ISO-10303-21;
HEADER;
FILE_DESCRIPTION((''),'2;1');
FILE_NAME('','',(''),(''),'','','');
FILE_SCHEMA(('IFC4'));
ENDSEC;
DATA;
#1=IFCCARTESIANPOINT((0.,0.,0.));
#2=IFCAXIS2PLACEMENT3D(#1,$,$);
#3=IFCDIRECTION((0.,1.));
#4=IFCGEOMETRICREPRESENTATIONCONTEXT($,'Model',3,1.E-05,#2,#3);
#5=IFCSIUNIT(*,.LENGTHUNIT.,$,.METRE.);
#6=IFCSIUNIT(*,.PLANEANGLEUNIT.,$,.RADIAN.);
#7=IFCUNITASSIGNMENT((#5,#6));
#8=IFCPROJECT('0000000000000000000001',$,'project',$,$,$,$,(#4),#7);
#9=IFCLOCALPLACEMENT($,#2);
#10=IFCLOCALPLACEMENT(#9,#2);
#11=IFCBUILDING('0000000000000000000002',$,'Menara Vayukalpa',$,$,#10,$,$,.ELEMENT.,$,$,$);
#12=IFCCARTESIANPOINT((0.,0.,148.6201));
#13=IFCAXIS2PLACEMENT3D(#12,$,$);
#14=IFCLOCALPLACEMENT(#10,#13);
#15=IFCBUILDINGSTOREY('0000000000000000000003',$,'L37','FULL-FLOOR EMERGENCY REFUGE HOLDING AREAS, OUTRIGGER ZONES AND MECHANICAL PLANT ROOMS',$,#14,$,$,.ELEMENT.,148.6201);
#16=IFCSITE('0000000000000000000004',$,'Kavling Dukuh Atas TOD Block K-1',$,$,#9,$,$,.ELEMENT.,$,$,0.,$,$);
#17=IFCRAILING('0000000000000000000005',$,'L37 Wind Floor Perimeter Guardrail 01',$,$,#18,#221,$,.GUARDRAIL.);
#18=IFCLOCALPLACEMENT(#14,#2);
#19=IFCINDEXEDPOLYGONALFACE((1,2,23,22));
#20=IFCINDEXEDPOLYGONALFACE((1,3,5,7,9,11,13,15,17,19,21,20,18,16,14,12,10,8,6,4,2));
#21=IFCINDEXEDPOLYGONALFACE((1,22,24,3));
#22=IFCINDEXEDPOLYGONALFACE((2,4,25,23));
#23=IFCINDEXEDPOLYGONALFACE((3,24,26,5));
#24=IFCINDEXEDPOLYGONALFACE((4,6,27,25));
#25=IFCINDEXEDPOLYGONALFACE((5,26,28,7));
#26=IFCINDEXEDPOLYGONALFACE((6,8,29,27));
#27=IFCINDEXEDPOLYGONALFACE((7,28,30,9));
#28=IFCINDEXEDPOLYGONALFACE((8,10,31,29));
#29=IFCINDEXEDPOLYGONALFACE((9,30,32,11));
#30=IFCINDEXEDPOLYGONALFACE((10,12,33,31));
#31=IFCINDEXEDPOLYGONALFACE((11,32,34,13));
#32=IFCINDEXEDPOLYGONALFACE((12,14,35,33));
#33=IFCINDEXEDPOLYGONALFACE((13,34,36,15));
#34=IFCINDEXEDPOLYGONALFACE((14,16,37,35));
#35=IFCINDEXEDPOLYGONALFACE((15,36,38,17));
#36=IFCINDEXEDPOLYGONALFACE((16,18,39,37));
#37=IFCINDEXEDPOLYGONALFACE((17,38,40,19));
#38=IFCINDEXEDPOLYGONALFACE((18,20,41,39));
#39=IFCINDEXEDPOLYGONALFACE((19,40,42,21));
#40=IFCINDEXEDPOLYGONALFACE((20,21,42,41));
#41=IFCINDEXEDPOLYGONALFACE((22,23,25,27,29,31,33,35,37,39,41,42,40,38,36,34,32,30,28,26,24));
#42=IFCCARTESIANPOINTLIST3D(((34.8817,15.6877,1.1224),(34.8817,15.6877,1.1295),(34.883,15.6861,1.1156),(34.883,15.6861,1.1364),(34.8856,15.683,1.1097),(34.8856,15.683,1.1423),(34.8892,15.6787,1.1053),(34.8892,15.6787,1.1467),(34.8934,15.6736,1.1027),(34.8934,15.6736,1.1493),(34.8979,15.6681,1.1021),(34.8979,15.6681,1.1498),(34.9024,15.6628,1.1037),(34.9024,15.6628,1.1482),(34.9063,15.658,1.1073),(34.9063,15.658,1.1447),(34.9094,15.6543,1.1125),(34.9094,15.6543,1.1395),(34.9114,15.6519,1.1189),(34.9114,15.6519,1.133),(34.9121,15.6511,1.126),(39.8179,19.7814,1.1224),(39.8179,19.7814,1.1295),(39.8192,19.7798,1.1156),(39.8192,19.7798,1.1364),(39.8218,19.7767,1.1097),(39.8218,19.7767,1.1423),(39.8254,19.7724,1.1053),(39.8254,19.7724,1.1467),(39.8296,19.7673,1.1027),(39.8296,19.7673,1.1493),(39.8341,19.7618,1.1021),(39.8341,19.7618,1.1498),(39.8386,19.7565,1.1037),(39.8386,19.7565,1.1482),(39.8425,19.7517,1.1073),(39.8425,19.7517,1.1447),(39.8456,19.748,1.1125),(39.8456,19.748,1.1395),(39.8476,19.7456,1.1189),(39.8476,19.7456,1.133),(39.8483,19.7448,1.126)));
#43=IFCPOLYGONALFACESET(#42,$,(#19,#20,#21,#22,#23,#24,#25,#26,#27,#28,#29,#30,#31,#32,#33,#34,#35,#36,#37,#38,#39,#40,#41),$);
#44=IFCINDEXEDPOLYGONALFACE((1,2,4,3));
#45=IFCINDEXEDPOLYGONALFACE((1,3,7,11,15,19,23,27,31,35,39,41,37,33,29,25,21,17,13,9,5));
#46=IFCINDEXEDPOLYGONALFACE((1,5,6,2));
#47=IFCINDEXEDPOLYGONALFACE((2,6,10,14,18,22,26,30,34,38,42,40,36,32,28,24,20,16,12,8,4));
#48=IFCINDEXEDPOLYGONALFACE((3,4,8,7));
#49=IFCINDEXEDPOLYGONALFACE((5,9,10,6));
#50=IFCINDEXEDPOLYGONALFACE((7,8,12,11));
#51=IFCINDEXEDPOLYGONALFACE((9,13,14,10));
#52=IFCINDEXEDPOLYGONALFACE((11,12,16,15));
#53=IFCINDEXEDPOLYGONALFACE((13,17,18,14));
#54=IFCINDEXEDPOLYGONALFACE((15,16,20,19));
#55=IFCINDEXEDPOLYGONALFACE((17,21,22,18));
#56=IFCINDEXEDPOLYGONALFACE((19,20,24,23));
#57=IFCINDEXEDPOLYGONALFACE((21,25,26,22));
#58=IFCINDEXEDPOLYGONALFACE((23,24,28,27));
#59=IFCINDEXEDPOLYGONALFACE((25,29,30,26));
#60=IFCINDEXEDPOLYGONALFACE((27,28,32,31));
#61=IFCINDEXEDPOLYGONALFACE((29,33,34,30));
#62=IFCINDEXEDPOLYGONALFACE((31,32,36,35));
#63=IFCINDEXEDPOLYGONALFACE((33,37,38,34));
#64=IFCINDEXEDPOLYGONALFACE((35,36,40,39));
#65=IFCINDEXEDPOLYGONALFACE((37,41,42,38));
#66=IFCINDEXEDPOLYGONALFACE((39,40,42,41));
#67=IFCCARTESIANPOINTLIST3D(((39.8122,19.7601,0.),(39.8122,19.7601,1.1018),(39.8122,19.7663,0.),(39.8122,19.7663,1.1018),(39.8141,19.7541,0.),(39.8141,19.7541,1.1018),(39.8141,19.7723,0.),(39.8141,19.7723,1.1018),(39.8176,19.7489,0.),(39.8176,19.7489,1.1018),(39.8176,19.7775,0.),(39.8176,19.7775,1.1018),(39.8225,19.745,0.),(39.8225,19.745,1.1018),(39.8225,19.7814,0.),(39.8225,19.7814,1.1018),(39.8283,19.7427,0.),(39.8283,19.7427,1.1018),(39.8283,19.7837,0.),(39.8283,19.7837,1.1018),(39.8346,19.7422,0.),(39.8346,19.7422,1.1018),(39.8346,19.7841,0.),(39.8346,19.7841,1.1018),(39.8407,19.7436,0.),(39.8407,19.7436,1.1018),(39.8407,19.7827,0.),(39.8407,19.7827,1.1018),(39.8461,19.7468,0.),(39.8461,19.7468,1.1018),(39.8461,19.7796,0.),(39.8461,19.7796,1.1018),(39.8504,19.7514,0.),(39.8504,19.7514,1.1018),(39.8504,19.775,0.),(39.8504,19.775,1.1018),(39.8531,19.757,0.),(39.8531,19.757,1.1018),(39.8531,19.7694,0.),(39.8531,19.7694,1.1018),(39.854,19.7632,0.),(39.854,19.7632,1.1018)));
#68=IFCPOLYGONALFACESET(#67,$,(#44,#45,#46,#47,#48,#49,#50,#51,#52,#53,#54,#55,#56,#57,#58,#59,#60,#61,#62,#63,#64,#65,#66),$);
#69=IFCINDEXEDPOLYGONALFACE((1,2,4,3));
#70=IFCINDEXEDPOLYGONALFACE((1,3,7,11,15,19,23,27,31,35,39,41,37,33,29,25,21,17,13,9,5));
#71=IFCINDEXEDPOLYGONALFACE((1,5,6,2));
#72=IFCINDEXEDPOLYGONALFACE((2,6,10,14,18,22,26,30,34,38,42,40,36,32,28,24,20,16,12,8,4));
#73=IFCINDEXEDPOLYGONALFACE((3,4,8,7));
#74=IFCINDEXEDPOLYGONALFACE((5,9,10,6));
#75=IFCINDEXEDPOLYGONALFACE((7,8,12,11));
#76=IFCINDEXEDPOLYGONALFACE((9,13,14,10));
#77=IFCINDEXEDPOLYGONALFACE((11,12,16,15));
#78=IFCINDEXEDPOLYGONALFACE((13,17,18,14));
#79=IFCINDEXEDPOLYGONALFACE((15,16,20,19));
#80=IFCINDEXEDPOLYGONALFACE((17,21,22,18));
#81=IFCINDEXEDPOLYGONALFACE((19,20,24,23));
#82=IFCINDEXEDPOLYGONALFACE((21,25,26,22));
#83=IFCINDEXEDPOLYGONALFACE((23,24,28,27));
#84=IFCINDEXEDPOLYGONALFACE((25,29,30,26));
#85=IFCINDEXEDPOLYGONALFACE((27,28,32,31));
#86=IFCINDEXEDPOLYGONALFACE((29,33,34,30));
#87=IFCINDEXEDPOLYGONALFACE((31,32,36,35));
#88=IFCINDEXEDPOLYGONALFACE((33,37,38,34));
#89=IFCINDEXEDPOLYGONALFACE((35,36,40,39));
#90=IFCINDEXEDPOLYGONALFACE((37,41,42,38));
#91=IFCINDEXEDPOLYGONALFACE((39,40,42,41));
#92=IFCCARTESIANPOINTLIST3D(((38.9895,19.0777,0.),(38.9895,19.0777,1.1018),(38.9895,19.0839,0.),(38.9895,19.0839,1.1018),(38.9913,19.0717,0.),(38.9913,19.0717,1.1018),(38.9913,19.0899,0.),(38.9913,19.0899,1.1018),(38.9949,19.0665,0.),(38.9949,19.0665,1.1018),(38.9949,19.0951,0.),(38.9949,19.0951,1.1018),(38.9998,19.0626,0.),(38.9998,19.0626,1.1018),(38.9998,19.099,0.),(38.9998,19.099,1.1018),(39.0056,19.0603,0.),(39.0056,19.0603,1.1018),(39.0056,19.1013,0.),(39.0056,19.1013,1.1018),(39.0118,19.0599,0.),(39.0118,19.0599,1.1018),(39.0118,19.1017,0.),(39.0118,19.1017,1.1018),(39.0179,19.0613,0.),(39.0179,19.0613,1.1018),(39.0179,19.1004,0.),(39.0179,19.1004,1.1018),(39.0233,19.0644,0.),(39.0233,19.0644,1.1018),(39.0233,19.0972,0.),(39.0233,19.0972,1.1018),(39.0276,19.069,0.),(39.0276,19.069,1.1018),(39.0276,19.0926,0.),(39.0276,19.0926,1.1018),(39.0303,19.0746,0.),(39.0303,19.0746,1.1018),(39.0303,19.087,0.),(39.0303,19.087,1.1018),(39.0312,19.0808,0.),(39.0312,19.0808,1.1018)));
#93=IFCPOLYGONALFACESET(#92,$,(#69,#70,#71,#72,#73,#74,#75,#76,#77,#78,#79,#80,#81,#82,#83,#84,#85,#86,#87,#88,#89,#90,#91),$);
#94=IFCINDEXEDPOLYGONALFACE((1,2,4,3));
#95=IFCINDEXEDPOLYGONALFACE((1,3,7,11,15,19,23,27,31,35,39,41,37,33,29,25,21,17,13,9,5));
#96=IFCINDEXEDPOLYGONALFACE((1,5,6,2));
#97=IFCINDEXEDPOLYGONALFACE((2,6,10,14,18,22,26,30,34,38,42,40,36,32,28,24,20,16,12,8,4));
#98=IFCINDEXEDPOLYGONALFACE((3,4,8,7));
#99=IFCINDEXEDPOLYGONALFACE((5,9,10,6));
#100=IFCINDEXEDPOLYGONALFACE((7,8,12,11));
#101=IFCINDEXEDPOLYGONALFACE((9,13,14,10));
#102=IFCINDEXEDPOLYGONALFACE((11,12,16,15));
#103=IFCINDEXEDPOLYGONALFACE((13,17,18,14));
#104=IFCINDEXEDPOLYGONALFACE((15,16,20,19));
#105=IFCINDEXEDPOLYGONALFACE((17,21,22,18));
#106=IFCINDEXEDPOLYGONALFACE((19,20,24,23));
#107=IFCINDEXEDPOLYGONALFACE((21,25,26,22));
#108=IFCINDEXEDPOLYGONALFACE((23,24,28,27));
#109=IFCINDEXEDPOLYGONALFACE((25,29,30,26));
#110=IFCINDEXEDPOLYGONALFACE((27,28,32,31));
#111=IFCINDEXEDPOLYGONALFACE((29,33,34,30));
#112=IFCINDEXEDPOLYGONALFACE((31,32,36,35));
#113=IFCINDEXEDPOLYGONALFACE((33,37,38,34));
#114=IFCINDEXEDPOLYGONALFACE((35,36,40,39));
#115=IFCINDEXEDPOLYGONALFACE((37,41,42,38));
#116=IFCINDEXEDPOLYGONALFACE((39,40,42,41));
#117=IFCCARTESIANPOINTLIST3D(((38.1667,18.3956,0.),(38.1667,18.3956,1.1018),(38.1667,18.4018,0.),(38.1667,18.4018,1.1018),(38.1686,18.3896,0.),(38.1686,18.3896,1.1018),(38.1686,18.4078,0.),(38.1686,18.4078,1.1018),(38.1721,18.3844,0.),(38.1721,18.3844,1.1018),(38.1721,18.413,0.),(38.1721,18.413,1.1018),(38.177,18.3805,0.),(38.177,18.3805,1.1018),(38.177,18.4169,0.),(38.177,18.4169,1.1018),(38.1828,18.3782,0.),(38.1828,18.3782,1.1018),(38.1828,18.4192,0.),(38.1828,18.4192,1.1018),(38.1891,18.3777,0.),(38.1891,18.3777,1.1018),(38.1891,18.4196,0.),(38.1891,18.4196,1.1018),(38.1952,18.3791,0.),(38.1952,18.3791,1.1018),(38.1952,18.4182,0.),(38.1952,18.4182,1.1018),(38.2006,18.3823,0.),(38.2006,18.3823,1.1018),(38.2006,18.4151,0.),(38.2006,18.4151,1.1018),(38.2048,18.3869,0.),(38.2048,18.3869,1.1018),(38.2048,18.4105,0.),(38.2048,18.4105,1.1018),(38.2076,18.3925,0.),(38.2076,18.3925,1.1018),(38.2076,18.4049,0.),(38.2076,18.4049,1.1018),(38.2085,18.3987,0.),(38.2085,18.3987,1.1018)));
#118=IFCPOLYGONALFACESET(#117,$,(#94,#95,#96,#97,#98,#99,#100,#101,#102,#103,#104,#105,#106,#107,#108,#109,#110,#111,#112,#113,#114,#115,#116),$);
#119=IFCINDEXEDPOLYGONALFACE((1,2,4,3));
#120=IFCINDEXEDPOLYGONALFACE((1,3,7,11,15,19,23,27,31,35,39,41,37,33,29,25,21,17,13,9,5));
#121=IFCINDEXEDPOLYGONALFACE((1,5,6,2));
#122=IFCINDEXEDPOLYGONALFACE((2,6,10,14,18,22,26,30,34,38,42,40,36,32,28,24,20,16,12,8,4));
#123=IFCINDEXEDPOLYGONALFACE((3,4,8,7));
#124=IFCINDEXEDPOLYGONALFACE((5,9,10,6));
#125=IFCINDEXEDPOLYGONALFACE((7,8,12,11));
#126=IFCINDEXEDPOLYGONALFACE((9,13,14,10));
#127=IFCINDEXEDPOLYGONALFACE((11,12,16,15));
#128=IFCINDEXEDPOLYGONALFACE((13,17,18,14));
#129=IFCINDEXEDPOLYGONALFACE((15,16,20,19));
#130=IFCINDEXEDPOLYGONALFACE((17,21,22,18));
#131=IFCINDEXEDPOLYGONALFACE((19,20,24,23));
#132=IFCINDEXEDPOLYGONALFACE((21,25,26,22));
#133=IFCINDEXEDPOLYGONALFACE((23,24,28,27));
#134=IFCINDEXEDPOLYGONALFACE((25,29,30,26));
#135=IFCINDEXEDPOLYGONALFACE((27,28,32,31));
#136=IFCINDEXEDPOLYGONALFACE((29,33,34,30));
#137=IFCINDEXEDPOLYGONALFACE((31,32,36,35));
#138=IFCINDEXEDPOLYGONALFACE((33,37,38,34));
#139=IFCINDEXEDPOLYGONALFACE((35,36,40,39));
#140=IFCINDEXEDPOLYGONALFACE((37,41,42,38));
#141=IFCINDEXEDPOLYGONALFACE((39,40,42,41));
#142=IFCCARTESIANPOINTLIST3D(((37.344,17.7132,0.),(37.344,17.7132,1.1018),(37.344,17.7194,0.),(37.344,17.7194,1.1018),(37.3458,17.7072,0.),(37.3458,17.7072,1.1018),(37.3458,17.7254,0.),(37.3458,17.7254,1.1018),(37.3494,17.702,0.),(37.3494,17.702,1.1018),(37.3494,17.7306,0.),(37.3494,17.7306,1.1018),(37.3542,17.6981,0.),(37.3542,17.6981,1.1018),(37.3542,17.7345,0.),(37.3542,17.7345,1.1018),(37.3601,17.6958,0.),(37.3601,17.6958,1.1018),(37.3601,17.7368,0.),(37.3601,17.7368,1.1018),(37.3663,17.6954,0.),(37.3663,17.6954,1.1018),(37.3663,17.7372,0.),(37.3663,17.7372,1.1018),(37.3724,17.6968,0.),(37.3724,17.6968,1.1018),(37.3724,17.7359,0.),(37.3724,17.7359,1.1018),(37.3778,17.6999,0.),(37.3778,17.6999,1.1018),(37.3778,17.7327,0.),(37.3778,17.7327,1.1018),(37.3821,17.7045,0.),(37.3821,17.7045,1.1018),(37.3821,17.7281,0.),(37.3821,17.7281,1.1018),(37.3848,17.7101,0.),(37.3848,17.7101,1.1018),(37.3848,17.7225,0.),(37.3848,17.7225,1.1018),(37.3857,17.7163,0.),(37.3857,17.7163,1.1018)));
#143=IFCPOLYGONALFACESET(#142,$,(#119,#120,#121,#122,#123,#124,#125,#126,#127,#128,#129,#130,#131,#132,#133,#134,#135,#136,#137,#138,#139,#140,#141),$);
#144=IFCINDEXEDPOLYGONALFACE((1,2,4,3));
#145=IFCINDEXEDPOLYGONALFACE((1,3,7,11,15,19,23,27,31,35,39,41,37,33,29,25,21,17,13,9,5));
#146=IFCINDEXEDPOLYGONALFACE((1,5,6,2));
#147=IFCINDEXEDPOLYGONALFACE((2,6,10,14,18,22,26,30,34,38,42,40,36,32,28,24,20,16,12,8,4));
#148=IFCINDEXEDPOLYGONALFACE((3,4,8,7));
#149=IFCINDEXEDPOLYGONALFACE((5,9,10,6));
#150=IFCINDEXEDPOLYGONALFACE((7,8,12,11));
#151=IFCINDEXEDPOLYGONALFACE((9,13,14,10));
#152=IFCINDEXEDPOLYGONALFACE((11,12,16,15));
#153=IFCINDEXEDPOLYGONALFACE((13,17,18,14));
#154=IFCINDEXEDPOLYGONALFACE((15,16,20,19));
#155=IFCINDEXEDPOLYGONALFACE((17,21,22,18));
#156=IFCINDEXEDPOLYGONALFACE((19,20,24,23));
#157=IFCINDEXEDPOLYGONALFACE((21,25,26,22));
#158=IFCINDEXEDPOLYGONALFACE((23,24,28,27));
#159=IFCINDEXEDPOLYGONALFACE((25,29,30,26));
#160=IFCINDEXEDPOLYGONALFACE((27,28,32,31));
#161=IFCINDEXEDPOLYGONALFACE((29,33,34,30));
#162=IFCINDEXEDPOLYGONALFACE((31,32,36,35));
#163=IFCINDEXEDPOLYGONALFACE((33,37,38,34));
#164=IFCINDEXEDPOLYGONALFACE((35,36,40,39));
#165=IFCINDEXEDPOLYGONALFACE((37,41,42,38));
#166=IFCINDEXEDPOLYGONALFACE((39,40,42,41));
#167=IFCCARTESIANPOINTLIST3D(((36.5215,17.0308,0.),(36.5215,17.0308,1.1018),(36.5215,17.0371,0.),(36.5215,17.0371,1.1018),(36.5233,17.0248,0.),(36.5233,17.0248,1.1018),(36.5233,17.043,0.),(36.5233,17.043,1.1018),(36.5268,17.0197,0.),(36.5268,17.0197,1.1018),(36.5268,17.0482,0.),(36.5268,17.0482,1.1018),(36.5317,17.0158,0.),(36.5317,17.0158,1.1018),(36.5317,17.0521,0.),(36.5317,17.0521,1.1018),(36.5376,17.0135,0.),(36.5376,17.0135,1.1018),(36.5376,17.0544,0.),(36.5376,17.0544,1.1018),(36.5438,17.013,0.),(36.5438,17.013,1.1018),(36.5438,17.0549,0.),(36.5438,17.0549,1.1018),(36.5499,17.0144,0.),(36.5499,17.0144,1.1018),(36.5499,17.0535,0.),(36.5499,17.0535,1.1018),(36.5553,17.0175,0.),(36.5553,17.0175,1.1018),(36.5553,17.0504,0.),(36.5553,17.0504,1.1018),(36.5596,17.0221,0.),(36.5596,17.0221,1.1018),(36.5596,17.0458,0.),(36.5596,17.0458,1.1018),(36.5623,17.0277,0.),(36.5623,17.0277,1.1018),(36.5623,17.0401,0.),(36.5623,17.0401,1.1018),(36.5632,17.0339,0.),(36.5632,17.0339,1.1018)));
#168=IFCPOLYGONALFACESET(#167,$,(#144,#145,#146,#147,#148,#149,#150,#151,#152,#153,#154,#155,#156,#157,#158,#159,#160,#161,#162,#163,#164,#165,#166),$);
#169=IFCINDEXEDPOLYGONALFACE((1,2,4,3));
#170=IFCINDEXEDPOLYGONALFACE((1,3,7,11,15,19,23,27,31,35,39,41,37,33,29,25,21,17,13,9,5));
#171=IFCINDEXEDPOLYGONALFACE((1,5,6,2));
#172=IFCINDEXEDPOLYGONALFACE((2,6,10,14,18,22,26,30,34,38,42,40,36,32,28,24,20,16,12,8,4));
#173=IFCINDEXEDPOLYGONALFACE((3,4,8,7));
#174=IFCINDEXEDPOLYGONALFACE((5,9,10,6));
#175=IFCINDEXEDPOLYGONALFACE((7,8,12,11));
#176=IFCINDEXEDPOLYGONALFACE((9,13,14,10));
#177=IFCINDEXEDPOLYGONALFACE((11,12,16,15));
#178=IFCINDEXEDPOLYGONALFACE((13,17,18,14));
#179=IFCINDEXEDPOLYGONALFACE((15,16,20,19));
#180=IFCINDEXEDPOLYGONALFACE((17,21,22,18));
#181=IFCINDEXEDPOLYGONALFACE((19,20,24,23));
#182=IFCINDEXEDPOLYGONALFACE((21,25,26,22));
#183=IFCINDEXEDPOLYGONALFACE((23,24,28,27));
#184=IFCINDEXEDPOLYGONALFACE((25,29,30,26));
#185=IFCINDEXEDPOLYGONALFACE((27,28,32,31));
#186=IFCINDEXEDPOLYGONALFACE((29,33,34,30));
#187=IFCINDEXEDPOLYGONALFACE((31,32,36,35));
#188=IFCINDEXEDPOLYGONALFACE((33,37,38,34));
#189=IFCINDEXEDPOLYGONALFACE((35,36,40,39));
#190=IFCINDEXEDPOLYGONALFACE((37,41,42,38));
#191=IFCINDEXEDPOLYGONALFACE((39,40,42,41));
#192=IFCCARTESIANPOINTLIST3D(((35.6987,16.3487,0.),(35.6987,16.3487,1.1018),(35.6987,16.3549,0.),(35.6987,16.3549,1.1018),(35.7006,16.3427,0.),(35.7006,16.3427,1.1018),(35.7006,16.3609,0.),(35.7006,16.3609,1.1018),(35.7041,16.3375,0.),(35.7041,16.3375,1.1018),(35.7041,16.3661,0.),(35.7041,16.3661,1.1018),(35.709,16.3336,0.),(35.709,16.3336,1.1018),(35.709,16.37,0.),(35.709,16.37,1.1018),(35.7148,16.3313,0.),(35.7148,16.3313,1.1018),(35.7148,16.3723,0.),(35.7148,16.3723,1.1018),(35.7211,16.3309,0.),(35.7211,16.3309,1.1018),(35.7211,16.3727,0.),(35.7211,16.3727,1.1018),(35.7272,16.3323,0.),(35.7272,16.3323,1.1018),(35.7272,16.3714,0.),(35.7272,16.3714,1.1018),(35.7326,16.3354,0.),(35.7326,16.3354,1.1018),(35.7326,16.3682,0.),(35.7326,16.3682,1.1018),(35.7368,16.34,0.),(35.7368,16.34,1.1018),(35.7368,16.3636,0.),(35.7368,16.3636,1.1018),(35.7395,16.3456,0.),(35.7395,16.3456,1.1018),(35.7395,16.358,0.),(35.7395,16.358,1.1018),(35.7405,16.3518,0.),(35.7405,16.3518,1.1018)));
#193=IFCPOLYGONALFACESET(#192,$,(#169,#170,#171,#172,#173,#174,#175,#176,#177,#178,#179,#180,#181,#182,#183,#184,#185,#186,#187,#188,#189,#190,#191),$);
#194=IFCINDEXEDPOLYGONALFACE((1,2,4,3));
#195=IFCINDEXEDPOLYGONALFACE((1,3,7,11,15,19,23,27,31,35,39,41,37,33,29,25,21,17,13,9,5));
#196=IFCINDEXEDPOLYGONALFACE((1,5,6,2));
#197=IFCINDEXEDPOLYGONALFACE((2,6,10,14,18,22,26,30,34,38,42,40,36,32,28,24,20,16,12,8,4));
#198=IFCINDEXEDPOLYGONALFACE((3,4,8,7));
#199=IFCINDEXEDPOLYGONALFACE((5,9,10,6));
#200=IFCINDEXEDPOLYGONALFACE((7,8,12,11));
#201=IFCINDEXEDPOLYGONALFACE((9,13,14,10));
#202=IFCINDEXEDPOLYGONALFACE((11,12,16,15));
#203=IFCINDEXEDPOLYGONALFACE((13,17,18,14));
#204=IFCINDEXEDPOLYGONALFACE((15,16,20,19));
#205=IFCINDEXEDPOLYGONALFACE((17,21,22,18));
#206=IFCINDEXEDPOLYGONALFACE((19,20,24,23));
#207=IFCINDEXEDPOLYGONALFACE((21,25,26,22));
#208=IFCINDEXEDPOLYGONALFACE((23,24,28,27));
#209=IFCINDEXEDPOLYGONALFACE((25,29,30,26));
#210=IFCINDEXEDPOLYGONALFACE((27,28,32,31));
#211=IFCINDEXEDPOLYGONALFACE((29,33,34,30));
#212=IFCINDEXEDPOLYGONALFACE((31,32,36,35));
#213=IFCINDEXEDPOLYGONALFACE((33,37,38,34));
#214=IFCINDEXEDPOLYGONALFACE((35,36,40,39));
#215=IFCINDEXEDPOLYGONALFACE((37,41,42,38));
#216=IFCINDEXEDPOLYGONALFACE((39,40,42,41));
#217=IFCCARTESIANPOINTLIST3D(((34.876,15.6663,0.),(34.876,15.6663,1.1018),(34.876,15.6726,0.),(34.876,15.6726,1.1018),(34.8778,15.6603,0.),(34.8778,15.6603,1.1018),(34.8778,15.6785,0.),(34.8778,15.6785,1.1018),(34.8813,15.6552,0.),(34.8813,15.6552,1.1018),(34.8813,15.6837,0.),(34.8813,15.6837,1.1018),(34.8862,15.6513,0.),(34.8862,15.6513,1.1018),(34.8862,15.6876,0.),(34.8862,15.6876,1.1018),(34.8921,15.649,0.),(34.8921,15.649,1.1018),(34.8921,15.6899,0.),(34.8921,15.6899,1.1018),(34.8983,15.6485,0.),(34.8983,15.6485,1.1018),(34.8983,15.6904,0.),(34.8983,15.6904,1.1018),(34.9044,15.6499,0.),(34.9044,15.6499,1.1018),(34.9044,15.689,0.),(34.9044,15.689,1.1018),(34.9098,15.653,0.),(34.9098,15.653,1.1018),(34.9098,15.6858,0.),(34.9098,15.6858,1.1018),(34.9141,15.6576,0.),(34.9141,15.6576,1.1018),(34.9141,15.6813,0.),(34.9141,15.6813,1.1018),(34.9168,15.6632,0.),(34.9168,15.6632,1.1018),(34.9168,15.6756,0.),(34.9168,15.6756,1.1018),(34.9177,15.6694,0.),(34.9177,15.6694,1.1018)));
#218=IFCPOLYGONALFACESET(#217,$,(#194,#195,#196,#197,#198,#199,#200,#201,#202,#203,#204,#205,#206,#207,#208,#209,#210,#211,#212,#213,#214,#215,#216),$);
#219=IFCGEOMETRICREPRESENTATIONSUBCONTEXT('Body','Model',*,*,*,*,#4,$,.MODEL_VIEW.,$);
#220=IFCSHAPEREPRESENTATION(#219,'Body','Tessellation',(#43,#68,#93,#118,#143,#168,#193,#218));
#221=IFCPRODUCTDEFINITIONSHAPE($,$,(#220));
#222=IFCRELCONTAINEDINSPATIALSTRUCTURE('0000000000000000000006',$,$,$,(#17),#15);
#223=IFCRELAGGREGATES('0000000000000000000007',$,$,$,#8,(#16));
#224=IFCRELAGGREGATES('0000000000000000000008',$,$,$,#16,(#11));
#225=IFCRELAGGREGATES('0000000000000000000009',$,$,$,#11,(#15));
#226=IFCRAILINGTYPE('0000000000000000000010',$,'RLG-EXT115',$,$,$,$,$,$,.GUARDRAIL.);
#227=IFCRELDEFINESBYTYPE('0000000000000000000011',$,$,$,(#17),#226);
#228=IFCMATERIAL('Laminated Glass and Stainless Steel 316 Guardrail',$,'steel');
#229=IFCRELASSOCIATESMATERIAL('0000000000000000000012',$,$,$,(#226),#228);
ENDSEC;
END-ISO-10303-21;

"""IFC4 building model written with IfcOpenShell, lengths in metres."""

from ifc_helpers import new_model, si_unit, direction, frame, origin, origin_2d, place, context, subcontext, project, spatial, circle, extrude, material, type_object, element, save


model = new_model("IFC4")

# Units and contexts
model_context = context("Model", 3, precision=1e-05, world=origin(), true_north=direction((0.0, 1.0)))
body_context = subcontext(model_context, "Body", "Model", "MODEL_VIEW")
ifc_project = project(units=[si_unit("LENGTHUNIT", "METRE"), si_unit("PLANEANGLEUNIT", "RADIAN")], contexts=[model_context])

# Site, building, storey
site_placement = place(None, origin())
site = spatial("IfcSite", under=ifc_project, at=site_placement, Name="Kavling Dukuh Atas TOD Block K-1", CompositionType="ELEMENT", RefElevation=0.0)
building_placement = place(site_placement, origin())
building = spatial("IfcBuilding", under=site, at=building_placement, Name="Menara Vayukalpa", CompositionType="ELEMENT")
storey_placement = place(building_placement, frame((0.0, 0.0, 148.6201)))
storey = spatial("IfcBuildingStorey", under=building, at=storey_placement, Name="L37", Description="FULL-FLOOR EMERGENCY REFUGE HOLDING AREAS, OUTRIGGER ZONES AND MECHANICAL PLANT ROOMS", CompositionType="ELEMENT", Elevation=148.6201)

# Railing
ifc_material_1 = material(Name="Laminated Glass and Stainless Steel 316 Guardrail", Category="steel")
railing_type = type_object("IfcRailingType", Name="RLG-EXT115", PredefinedType="GUARDRAIL", material=ifc_material_1)
railing_1_placement = place(storey_placement, frame((39.833, 19.7632, 0.0)))
element("IfcRailing", 1, at=railing_1_placement, inside=storey, type_object=railing_type, Name="L37 Wind Floor Perimeter Guardrail 01", PredefinedType="GUARDRAIL", context=body_context, shape_type="SweptSolid", body=[
    extrude(circle(Radius=0.0239, at=origin_2d()), frame((0.0, 0.0, 1.126), z_axis=(-0.769739, -0.638359, 0.0), x_axis=(0.638359, -0.769739, 0.0)), (0.0, 0.0, 1.0), 6.4128),
    extrude(circle(Radius=0.021, at=origin_2d()), origin(), (0.0, 0.0, 1.0), 1.1018),
    extrude(circle(Radius=0.021, at=origin_2d()), frame((-0.8228, -0.6824, 0.0)), (0.0, 0.0, 1.0), 1.1018),
    extrude(circle(Radius=0.021, at=origin_2d()), frame((-1.6455, -1.3645, 0.0)), (0.0, 0.0, 1.0), 1.1018),
    extrude(circle(Radius=0.021, at=origin_2d()), frame((-2.4683, -2.0469, 0.0)), (0.0, 0.0, 1.0), 1.1018),
    extrude(circle(Radius=0.021, at=origin_2d()), frame((-3.2908, -2.7292, 0.0)), (0.0, 0.0, 1.0), 1.1018),
    extrude(circle(Radius=0.021, at=origin_2d()), frame((-4.1135, -3.4114, 0.0)), (0.0, 0.0, 1.0), 1.1018),
    extrude(circle(Radius=0.021, at=origin_2d()), frame((-4.9363, -4.0938, 0.0)), (0.0, 0.0, 1.0), 1.1018),
])

save(model, "model.ifc")
